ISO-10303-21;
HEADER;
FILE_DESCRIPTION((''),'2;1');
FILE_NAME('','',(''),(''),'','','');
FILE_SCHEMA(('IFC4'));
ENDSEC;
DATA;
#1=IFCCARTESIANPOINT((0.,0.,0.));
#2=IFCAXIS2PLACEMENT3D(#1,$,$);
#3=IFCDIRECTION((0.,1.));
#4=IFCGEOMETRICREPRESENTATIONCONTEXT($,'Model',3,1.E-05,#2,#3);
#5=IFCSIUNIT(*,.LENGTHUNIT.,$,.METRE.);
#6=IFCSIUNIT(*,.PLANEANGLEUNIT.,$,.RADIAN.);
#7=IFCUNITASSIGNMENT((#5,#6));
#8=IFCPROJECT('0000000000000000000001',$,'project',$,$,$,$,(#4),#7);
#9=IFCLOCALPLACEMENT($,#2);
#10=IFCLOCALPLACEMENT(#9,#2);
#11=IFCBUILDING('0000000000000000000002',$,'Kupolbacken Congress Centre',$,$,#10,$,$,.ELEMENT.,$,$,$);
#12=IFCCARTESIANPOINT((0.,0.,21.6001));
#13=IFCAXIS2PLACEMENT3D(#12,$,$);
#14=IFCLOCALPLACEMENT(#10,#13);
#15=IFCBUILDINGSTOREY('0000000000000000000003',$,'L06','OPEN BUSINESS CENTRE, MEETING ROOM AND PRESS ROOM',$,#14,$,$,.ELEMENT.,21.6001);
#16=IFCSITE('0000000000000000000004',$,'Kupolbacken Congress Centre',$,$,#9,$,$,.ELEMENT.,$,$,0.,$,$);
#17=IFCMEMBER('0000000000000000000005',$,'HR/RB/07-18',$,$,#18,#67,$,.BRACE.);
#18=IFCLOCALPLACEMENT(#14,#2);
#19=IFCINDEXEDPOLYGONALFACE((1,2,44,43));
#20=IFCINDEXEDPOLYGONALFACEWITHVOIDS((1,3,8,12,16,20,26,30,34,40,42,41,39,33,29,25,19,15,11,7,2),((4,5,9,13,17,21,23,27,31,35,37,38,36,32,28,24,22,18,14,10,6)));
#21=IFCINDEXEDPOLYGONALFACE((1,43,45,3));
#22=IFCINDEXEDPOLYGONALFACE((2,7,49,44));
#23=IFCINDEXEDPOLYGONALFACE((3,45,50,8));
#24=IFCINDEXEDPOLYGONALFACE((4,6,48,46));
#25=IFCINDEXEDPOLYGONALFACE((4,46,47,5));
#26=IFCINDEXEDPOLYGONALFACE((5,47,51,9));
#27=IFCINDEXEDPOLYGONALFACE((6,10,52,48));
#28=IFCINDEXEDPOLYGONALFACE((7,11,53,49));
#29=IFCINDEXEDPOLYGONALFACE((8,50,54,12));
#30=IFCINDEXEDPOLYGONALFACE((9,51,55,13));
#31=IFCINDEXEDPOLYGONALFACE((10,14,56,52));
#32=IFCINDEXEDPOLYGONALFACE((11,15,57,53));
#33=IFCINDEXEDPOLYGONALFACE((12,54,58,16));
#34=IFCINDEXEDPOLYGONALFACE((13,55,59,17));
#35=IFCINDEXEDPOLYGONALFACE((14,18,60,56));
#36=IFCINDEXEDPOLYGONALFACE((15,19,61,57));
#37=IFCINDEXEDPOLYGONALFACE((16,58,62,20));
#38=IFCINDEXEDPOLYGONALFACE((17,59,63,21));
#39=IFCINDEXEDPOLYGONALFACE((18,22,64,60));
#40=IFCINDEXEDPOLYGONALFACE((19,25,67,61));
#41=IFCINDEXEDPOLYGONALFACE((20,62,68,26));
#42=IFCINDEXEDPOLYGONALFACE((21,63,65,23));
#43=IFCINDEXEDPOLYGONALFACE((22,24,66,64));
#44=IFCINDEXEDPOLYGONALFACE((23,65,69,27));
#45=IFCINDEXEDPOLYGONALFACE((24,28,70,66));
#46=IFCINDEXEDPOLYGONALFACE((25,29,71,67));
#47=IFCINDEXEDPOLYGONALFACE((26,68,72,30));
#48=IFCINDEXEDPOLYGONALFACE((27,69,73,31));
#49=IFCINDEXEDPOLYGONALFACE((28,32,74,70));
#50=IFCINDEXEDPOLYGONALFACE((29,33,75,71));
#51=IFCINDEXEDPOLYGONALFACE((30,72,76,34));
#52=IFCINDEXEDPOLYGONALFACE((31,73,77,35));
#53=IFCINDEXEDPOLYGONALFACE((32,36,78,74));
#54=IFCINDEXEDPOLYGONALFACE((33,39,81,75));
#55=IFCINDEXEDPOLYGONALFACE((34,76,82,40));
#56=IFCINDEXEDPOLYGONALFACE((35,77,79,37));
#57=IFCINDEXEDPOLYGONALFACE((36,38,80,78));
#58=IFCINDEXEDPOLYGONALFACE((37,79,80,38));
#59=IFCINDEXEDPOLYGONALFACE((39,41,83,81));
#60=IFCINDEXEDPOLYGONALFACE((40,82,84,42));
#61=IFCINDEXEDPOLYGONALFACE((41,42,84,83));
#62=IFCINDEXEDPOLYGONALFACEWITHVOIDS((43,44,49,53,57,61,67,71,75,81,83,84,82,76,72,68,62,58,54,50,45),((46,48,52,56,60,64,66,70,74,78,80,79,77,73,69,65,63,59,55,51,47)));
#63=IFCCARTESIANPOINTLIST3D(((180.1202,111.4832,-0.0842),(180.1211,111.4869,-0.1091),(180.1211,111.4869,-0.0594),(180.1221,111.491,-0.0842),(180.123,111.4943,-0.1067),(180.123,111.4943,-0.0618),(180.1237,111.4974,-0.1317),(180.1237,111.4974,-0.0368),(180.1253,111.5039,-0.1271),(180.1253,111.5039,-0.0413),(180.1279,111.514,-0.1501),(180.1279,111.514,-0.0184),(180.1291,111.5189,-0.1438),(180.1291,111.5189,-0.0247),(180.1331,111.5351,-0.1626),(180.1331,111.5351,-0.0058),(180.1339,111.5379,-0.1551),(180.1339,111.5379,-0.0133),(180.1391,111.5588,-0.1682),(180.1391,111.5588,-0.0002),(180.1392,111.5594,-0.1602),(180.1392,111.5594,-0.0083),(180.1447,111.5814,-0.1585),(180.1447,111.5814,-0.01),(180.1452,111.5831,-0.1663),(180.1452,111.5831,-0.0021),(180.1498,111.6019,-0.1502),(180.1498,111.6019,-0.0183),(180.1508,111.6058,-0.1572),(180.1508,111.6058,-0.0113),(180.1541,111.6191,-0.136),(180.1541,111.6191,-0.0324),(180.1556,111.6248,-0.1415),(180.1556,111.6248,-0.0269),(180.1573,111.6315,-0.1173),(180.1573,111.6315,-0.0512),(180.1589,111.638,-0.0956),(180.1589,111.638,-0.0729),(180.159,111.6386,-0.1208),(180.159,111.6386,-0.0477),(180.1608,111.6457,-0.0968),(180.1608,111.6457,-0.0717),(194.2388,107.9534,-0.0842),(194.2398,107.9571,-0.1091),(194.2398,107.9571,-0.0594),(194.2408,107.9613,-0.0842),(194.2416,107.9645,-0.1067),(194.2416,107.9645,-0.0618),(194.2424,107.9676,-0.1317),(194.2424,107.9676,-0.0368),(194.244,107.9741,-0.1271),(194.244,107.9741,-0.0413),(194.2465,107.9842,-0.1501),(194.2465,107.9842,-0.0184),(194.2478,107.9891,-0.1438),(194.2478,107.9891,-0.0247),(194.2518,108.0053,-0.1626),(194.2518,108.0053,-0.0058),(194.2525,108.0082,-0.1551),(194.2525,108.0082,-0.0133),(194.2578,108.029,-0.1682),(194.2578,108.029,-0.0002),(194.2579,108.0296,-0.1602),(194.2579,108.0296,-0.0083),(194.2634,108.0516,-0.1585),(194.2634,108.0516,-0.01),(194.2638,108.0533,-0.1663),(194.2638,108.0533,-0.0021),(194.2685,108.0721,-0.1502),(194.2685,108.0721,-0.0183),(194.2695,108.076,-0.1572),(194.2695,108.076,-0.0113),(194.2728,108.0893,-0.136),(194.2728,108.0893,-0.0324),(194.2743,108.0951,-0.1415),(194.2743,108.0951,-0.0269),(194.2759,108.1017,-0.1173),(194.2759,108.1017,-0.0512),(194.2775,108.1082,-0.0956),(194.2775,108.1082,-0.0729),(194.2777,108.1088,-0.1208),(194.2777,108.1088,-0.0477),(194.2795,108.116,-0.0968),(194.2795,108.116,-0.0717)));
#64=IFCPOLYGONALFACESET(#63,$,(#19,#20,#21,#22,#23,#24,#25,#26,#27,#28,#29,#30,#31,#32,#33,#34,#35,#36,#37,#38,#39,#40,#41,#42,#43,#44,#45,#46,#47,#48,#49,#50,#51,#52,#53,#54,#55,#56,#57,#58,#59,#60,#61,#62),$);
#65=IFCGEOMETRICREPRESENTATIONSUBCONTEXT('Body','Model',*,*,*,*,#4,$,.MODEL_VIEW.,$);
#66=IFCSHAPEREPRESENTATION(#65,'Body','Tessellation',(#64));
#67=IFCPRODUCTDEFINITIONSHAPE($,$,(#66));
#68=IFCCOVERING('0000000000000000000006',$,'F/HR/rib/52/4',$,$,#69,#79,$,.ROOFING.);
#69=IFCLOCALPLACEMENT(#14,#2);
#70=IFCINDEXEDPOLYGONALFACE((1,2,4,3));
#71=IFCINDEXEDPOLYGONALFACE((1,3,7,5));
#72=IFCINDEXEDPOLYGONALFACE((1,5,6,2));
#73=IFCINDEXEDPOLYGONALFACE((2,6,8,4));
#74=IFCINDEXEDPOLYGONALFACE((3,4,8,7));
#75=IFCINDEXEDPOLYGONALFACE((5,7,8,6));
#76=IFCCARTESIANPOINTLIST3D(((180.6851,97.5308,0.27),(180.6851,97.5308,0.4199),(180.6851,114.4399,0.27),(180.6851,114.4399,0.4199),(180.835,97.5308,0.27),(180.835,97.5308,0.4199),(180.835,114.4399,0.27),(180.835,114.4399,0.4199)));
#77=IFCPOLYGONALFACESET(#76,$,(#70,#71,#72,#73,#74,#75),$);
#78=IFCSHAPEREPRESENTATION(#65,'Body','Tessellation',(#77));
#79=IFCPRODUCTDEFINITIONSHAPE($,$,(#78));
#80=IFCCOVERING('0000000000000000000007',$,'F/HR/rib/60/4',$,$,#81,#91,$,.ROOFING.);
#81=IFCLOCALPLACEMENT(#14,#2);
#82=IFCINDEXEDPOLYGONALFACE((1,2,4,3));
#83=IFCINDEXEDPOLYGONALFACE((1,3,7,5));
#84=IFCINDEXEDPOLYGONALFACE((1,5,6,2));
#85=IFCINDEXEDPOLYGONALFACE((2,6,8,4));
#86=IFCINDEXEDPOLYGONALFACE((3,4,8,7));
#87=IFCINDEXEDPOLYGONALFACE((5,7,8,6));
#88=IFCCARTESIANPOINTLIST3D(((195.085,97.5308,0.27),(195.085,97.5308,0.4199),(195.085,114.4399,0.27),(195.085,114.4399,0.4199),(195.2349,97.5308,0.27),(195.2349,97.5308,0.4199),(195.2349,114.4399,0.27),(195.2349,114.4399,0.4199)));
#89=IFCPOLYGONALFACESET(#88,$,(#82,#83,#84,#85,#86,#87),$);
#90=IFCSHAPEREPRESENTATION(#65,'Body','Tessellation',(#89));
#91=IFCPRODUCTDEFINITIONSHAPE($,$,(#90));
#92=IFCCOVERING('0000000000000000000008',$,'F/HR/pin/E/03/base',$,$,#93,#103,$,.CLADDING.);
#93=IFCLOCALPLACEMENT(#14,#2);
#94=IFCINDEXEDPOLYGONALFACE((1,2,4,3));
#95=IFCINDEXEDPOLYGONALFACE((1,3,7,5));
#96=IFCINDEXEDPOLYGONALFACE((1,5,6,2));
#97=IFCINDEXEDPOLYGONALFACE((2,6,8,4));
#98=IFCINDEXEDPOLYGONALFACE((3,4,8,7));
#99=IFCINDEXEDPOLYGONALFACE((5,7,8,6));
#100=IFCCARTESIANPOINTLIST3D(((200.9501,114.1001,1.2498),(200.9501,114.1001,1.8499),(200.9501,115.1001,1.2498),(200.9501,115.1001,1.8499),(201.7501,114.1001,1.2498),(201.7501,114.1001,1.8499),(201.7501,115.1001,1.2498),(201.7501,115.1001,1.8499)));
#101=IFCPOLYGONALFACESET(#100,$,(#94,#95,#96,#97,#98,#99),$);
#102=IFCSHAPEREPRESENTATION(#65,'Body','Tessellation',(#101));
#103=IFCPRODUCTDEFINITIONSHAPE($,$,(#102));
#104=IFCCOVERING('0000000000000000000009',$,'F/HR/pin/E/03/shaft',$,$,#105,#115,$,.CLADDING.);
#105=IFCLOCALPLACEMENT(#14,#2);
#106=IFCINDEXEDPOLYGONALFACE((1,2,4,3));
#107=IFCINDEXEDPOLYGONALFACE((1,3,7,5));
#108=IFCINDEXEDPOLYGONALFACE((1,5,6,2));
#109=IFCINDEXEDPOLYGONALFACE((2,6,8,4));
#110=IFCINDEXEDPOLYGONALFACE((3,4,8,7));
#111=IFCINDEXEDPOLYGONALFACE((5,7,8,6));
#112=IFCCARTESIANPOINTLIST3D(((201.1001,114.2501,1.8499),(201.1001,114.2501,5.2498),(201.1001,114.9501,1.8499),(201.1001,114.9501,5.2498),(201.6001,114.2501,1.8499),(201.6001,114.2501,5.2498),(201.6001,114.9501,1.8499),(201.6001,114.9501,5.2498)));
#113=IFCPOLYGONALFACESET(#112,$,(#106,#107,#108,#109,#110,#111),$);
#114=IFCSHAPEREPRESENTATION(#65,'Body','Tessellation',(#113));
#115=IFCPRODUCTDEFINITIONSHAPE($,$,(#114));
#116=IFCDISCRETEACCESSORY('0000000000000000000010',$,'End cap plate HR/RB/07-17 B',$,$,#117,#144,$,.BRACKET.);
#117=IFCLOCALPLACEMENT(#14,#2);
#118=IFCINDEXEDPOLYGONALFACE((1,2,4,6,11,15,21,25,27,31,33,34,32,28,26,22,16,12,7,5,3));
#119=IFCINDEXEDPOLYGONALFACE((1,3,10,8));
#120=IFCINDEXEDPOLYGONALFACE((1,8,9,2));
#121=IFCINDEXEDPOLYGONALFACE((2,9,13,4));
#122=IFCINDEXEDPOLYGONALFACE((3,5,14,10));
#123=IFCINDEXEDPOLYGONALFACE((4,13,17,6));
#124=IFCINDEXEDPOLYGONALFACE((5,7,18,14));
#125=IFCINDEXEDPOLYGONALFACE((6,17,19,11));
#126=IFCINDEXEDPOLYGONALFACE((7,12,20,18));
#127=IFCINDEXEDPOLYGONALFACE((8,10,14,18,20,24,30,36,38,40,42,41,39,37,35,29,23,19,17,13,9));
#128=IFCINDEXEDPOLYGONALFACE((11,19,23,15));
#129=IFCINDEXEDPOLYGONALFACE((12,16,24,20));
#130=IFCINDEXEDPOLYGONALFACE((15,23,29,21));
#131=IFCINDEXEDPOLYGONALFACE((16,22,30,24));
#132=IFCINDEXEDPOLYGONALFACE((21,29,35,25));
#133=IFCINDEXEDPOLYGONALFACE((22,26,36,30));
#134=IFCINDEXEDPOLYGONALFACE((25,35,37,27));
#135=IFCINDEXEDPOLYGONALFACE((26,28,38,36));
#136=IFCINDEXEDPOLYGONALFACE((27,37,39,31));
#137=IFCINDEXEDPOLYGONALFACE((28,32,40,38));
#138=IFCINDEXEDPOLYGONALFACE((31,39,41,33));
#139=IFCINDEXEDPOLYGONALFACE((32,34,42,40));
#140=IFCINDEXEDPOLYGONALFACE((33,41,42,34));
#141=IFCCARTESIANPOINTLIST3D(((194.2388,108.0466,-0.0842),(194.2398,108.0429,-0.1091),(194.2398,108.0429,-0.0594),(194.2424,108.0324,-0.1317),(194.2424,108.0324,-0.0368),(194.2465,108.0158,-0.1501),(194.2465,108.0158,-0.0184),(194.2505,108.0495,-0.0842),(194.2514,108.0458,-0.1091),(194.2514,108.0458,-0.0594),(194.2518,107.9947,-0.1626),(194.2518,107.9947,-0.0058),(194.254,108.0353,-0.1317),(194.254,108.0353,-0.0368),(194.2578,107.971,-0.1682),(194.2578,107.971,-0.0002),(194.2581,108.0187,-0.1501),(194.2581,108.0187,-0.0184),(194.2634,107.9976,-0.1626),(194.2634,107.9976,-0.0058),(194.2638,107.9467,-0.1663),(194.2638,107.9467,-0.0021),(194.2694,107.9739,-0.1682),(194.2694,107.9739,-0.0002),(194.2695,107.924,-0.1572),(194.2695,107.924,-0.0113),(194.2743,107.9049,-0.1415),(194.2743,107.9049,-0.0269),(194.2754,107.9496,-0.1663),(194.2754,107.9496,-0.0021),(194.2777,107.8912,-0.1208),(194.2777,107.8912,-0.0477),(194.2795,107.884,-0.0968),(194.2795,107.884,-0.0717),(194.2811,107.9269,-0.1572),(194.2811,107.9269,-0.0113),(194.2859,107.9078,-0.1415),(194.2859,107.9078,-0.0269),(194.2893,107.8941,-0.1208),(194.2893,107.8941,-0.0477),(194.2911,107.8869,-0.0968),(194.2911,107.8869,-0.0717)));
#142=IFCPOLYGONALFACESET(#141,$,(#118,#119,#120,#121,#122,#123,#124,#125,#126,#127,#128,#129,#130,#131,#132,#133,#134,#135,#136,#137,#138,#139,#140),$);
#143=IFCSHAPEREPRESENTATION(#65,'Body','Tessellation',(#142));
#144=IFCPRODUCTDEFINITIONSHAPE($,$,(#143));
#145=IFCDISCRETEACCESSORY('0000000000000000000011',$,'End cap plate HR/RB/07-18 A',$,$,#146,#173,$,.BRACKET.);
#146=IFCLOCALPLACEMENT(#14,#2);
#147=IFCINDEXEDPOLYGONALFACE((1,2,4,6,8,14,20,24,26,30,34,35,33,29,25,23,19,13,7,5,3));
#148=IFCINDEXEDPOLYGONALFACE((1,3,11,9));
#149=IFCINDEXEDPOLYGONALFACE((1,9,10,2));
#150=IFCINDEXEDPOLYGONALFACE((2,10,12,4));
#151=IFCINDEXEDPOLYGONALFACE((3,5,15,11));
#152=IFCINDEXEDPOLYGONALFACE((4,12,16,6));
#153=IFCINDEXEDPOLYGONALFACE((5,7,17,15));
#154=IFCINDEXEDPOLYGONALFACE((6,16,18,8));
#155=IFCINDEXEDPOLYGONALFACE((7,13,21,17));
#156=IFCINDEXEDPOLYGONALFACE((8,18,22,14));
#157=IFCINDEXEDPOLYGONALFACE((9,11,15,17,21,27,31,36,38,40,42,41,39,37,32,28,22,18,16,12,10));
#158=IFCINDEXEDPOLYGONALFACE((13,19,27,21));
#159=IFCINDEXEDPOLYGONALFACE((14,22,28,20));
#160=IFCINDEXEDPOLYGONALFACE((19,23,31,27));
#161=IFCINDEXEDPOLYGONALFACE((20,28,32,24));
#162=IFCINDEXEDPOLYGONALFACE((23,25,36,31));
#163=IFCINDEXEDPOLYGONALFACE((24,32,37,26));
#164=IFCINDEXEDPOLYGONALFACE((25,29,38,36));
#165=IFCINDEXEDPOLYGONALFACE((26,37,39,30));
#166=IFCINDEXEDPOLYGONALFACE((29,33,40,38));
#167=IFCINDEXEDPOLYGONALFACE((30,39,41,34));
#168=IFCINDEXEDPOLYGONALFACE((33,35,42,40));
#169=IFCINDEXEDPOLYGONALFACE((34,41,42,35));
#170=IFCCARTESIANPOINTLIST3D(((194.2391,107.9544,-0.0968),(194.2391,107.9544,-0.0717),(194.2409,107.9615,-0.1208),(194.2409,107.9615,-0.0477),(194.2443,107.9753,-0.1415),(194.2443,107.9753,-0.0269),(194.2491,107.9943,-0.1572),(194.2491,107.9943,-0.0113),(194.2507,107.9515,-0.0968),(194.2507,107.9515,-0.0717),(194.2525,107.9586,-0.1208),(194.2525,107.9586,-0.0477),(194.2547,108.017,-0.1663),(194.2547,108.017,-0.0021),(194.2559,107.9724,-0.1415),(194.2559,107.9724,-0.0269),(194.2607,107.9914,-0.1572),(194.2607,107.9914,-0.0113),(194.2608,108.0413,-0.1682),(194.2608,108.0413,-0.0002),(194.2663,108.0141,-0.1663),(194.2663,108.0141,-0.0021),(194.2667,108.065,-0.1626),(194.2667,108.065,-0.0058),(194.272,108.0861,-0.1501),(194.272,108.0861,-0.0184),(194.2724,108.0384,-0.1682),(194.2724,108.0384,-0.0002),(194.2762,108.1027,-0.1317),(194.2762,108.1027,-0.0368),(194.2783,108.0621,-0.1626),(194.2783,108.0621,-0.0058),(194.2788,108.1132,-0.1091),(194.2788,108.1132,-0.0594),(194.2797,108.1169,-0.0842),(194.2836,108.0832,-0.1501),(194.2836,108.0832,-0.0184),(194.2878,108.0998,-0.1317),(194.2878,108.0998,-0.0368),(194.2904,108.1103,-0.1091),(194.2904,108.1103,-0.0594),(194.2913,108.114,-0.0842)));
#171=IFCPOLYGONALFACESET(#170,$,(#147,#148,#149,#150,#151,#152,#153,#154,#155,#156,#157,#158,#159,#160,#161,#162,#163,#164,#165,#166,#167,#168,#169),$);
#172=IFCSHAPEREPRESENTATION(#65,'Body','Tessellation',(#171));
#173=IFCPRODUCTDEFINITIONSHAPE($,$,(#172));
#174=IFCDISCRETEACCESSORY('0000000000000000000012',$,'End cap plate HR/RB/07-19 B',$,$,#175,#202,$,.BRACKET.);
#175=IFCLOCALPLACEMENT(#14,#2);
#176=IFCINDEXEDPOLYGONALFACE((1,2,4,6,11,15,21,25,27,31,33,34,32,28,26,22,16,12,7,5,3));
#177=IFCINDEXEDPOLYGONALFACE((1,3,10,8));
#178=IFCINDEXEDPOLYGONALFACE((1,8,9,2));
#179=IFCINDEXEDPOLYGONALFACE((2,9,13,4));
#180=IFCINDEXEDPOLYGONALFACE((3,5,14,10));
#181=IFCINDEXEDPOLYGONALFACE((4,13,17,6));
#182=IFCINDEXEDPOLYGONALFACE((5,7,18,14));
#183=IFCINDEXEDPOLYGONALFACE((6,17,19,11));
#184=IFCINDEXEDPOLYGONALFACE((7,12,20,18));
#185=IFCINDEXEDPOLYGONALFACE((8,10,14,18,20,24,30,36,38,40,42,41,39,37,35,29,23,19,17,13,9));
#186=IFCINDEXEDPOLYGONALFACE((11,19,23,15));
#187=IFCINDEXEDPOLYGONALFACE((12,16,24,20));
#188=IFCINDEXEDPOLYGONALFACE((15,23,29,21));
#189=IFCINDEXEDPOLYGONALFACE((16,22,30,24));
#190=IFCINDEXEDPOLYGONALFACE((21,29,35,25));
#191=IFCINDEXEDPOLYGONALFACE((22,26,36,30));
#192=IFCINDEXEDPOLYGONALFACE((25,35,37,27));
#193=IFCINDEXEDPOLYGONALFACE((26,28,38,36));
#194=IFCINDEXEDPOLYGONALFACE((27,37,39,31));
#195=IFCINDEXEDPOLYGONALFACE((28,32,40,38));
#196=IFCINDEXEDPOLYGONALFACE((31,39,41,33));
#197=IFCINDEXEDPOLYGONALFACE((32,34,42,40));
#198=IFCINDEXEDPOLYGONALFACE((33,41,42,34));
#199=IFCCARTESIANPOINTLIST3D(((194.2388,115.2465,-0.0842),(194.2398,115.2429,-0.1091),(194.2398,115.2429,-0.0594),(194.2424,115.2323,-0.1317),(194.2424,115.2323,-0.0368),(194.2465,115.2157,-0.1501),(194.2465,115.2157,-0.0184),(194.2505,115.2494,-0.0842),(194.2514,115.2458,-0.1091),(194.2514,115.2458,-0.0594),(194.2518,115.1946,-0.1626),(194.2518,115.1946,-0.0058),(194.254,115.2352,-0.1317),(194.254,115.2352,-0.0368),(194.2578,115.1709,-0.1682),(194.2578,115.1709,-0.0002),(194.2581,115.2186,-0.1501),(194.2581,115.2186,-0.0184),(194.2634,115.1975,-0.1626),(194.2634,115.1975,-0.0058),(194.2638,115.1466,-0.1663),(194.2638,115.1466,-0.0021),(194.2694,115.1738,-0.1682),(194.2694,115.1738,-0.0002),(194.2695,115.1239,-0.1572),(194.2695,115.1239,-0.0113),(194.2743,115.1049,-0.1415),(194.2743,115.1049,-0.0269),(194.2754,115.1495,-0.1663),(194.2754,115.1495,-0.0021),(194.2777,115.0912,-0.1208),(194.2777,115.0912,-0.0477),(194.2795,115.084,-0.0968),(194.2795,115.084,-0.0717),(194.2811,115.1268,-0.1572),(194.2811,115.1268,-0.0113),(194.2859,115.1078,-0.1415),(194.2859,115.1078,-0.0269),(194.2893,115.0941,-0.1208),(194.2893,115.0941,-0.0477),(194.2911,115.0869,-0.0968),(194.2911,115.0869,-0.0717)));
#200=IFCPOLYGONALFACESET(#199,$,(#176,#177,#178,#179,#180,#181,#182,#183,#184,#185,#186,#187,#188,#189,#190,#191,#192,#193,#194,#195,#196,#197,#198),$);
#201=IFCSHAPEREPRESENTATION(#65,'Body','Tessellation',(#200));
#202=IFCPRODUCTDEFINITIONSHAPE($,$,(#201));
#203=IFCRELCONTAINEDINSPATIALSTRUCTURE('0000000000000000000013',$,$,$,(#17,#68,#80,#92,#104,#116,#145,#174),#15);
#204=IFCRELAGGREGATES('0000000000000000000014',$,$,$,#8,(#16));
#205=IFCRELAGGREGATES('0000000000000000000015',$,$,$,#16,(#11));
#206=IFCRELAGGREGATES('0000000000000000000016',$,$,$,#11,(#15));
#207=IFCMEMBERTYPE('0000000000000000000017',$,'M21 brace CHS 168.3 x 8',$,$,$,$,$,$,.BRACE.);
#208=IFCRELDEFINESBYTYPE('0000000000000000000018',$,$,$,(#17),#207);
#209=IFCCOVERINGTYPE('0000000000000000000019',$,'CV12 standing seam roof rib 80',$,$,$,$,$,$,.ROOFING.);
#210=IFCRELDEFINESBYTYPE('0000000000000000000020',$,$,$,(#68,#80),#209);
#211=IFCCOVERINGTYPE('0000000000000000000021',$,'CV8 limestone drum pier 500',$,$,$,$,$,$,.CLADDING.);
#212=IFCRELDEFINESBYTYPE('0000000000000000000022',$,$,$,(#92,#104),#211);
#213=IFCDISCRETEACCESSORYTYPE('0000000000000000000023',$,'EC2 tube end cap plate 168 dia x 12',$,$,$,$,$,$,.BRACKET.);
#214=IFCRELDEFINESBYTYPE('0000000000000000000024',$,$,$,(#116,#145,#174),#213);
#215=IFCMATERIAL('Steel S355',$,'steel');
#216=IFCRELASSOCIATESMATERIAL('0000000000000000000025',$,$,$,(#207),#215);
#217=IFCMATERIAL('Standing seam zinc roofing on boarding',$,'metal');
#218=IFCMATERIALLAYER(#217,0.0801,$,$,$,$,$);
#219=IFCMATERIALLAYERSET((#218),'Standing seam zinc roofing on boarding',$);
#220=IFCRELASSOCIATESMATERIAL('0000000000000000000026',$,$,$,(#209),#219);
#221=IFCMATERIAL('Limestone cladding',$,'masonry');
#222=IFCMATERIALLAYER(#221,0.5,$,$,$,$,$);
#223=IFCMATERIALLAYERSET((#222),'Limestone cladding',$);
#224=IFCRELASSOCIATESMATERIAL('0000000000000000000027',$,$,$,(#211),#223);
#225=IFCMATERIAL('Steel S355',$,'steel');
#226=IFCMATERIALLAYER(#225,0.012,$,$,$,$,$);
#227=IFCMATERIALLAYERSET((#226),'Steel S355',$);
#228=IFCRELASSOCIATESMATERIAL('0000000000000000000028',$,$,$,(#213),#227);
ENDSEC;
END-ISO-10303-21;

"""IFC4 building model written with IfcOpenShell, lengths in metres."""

from ifc_helpers import new_model, si_unit, direction, frame, origin, origin_2d, place, context, subcontext, project, spatial, rectangle, circle, hollow_circle, extrude, material, layer, layer_set, material_profile, profile_set, type_object, element, save


model = new_model("IFC4")

# Units and contexts
model_context = context("Model", 3, precision=1e-05, world=origin(), true_north=direction((0.0, 1.0)))
body_context = subcontext(model_context, "Body", "Model", "MODEL_VIEW")
ifc_project = project(units=[si_unit("LENGTHUNIT", "METRE"), si_unit("PLANEANGLEUNIT", "RADIAN")], contexts=[model_context])

# Site, building, storey
site_placement = place(None, origin())
site = spatial("IfcSite", under=ifc_project, at=site_placement, Name="Kupolbacken Congress Centre", CompositionType="ELEMENT", RefElevation=0.0)
building_placement = place(site_placement, origin())
building = spatial("IfcBuilding", under=site, at=building_placement, Name="Kupolbacken Congress Centre", CompositionType="ELEMENT")
storey_placement = place(building_placement, frame((0.0, 0.0, 21.6001)))
storey = spatial("IfcBuildingStorey", under=building, at=storey_placement, Name="L06", Description="OPEN BUSINESS CENTRE, MEETING ROOM AND PRESS ROOM", CompositionType="ELEMENT", Elevation=21.6001)

# Member
ifc_material_1 = material(Name="Steel S355", Category="steel")
ifc_material_profile_1 = material_profile(ifc_material_1, hollow_circle(Radius=0.0842, WallThickness=0.0081, at=origin_2d()), Name="CHS 168.3 x 8")
ifc_profile_set_1 = profile_set([ifc_material_profile_1], Name="Steel S355")
member_type = type_object("IfcMemberType", Name="M21 brace CHS 168.3 x 8", PredefinedType="BRACE", material=ifc_profile_set_1)
member_placement = place(storey_placement, frame((194.2593, 108.0352, -0.0842), z_axis=(-0.970141, 0.242544, 0.0), x_axis=(-0.242544, -0.970141, 0.0)))
element("IfcMember", 1, at=member_placement, inside=storey, type_object=member_type, Name="HR/RB/07-18", PredefinedType="BRACE", context=body_context, shape_type="SweptSolid", body=[
    extrude(hollow_circle(Radius=0.0842, WallThickness=0.0081, at=origin_2d()), origin(), (0.0, 0.0, 1.0), 14.5532),
])

# Coverings
ifc_material_2 = material(Name="Standing seam zinc roofing on boarding", Category="metal")
ifc_layer_1 = layer(ifc_material_2, 0.0801)
ifc_layer_set_1 = layer_set([ifc_layer_1], Name="Standing seam zinc roofing on boarding")
covering_type_1 = type_object("IfcCoveringType", Name="CV12 standing seam roof rib 80", PredefinedType="ROOFING", material=ifc_layer_set_1)
for number, where, z_axis, x_axis, name in (
    (2, (180.76, 105.9854, 0.27), (0.0, 0.0, 1.0), (0.0, 1.0, 0.0), "F/HR/rib/52/4"),
    (3, (195.1599, 105.9854, 0.27), (0.0, 0.0, 1.0), (0.0, 1.0, 0.0), "F/HR/rib/60/4"),
):
    element("IfcCovering", number, at=place(storey_placement, frame(where, z_axis=z_axis, x_axis=x_axis)), inside=storey, type_object=covering_type_1, Name=name, PredefinedType="ROOFING", context=body_context, shape_type="SweptSolid", body=[
        extrude(rectangle(XDim=16.9092, YDim=0.1499, at=origin_2d()), origin(), (0.0, 0.0, 1.0), 0.1499),
    ])
ifc_material_3 = material(Name="Limestone cladding", Category="masonry")
ifc_layer_2 = layer(ifc_material_3, 0.5)
ifc_layer_set_2 = layer_set([ifc_layer_2], Name="Limestone cladding")
covering_type_2 = type_object("IfcCoveringType", Name="CV8 limestone drum pier 500", PredefinedType="CLADDING", material=ifc_layer_set_2)
covering_1_placement = place(storey_placement, frame((201.3501, 114.6001, 1.2498), z_axis=(0.0, 0.0, 1.0), x_axis=(0.0, 1.0, 0.0)))
element("IfcCovering", 4, at=covering_1_placement, inside=storey, type_object=covering_type_2, Name="F/HR/pin/E/03/base", PredefinedType="CLADDING", context=body_context, shape_type="SweptSolid", body=[
    extrude(rectangle(XDim=1.0, YDim=0.8, at=origin_2d()), origin(), (0.0, 0.0, 1.0), 0.6001),
])
covering_2_placement = place(storey_placement, frame((201.3501, 114.6001, 1.8499), z_axis=(0.0, 0.0, 1.0), x_axis=(0.0, 1.0, 0.0)))
element("IfcCovering", 5, at=covering_2_placement, inside=storey, type_object=covering_type_2, Name="F/HR/pin/E/03/shaft", PredefinedType="CLADDING", context=body_context, shape_type="SweptSolid", body=[
    extrude(rectangle(XDim=0.7, YDim=0.5, at=origin_2d()), origin(), (0.0, 0.0, 1.0), 3.3999),
])

# Discrete accessories
ifc_material_4 = material(Name="Steel S355", Category="steel")
ifc_layer_3 = layer(ifc_material_4, 0.012)
ifc_layer_set_3 = layer_set([ifc_layer_3], Name="Steel S355")
discrete_accessory_type = type_object("IfcDiscreteAccessoryType", Name="EC2 tube end cap plate 168 dia x 12", PredefinedType="BRACKET", material=ifc_layer_set_3)
for number, where, z_axis, x_axis, name in (
    (6, (194.2593, 107.9648, -0.0842), (0.970143, 0.242536, 0.0), (-0.242536, 0.970143, 0.0), "End cap plate HR/RB/07-17 B"),
    (7, (194.2593, 108.0352, -0.0842), (0.970143, -0.242536, 0.0), (0.242536, 0.970143, 0.0), "End cap plate HR/RB/07-18 A"),
    (8, (194.2593, 115.1648, -0.0842), (0.970143, 0.242536, 0.0), (-0.242536, 0.970143, 0.0), "End cap plate HR/RB/07-19 B"),
):
    element("IfcDiscreteAccessory", number, at=place(storey_placement, frame(where, z_axis=z_axis, x_axis=x_axis)), inside=storey, type_object=discrete_accessory_type, Name=name, PredefinedType="BRACKET", context=body_context, shape_type="SweptSolid", body=[
        extrude(circle(Radius=0.0842, at=origin_2d()), origin(), (0.0, 0.0, 1.0), 0.012),
    ])

save(model, "model.ifc")
